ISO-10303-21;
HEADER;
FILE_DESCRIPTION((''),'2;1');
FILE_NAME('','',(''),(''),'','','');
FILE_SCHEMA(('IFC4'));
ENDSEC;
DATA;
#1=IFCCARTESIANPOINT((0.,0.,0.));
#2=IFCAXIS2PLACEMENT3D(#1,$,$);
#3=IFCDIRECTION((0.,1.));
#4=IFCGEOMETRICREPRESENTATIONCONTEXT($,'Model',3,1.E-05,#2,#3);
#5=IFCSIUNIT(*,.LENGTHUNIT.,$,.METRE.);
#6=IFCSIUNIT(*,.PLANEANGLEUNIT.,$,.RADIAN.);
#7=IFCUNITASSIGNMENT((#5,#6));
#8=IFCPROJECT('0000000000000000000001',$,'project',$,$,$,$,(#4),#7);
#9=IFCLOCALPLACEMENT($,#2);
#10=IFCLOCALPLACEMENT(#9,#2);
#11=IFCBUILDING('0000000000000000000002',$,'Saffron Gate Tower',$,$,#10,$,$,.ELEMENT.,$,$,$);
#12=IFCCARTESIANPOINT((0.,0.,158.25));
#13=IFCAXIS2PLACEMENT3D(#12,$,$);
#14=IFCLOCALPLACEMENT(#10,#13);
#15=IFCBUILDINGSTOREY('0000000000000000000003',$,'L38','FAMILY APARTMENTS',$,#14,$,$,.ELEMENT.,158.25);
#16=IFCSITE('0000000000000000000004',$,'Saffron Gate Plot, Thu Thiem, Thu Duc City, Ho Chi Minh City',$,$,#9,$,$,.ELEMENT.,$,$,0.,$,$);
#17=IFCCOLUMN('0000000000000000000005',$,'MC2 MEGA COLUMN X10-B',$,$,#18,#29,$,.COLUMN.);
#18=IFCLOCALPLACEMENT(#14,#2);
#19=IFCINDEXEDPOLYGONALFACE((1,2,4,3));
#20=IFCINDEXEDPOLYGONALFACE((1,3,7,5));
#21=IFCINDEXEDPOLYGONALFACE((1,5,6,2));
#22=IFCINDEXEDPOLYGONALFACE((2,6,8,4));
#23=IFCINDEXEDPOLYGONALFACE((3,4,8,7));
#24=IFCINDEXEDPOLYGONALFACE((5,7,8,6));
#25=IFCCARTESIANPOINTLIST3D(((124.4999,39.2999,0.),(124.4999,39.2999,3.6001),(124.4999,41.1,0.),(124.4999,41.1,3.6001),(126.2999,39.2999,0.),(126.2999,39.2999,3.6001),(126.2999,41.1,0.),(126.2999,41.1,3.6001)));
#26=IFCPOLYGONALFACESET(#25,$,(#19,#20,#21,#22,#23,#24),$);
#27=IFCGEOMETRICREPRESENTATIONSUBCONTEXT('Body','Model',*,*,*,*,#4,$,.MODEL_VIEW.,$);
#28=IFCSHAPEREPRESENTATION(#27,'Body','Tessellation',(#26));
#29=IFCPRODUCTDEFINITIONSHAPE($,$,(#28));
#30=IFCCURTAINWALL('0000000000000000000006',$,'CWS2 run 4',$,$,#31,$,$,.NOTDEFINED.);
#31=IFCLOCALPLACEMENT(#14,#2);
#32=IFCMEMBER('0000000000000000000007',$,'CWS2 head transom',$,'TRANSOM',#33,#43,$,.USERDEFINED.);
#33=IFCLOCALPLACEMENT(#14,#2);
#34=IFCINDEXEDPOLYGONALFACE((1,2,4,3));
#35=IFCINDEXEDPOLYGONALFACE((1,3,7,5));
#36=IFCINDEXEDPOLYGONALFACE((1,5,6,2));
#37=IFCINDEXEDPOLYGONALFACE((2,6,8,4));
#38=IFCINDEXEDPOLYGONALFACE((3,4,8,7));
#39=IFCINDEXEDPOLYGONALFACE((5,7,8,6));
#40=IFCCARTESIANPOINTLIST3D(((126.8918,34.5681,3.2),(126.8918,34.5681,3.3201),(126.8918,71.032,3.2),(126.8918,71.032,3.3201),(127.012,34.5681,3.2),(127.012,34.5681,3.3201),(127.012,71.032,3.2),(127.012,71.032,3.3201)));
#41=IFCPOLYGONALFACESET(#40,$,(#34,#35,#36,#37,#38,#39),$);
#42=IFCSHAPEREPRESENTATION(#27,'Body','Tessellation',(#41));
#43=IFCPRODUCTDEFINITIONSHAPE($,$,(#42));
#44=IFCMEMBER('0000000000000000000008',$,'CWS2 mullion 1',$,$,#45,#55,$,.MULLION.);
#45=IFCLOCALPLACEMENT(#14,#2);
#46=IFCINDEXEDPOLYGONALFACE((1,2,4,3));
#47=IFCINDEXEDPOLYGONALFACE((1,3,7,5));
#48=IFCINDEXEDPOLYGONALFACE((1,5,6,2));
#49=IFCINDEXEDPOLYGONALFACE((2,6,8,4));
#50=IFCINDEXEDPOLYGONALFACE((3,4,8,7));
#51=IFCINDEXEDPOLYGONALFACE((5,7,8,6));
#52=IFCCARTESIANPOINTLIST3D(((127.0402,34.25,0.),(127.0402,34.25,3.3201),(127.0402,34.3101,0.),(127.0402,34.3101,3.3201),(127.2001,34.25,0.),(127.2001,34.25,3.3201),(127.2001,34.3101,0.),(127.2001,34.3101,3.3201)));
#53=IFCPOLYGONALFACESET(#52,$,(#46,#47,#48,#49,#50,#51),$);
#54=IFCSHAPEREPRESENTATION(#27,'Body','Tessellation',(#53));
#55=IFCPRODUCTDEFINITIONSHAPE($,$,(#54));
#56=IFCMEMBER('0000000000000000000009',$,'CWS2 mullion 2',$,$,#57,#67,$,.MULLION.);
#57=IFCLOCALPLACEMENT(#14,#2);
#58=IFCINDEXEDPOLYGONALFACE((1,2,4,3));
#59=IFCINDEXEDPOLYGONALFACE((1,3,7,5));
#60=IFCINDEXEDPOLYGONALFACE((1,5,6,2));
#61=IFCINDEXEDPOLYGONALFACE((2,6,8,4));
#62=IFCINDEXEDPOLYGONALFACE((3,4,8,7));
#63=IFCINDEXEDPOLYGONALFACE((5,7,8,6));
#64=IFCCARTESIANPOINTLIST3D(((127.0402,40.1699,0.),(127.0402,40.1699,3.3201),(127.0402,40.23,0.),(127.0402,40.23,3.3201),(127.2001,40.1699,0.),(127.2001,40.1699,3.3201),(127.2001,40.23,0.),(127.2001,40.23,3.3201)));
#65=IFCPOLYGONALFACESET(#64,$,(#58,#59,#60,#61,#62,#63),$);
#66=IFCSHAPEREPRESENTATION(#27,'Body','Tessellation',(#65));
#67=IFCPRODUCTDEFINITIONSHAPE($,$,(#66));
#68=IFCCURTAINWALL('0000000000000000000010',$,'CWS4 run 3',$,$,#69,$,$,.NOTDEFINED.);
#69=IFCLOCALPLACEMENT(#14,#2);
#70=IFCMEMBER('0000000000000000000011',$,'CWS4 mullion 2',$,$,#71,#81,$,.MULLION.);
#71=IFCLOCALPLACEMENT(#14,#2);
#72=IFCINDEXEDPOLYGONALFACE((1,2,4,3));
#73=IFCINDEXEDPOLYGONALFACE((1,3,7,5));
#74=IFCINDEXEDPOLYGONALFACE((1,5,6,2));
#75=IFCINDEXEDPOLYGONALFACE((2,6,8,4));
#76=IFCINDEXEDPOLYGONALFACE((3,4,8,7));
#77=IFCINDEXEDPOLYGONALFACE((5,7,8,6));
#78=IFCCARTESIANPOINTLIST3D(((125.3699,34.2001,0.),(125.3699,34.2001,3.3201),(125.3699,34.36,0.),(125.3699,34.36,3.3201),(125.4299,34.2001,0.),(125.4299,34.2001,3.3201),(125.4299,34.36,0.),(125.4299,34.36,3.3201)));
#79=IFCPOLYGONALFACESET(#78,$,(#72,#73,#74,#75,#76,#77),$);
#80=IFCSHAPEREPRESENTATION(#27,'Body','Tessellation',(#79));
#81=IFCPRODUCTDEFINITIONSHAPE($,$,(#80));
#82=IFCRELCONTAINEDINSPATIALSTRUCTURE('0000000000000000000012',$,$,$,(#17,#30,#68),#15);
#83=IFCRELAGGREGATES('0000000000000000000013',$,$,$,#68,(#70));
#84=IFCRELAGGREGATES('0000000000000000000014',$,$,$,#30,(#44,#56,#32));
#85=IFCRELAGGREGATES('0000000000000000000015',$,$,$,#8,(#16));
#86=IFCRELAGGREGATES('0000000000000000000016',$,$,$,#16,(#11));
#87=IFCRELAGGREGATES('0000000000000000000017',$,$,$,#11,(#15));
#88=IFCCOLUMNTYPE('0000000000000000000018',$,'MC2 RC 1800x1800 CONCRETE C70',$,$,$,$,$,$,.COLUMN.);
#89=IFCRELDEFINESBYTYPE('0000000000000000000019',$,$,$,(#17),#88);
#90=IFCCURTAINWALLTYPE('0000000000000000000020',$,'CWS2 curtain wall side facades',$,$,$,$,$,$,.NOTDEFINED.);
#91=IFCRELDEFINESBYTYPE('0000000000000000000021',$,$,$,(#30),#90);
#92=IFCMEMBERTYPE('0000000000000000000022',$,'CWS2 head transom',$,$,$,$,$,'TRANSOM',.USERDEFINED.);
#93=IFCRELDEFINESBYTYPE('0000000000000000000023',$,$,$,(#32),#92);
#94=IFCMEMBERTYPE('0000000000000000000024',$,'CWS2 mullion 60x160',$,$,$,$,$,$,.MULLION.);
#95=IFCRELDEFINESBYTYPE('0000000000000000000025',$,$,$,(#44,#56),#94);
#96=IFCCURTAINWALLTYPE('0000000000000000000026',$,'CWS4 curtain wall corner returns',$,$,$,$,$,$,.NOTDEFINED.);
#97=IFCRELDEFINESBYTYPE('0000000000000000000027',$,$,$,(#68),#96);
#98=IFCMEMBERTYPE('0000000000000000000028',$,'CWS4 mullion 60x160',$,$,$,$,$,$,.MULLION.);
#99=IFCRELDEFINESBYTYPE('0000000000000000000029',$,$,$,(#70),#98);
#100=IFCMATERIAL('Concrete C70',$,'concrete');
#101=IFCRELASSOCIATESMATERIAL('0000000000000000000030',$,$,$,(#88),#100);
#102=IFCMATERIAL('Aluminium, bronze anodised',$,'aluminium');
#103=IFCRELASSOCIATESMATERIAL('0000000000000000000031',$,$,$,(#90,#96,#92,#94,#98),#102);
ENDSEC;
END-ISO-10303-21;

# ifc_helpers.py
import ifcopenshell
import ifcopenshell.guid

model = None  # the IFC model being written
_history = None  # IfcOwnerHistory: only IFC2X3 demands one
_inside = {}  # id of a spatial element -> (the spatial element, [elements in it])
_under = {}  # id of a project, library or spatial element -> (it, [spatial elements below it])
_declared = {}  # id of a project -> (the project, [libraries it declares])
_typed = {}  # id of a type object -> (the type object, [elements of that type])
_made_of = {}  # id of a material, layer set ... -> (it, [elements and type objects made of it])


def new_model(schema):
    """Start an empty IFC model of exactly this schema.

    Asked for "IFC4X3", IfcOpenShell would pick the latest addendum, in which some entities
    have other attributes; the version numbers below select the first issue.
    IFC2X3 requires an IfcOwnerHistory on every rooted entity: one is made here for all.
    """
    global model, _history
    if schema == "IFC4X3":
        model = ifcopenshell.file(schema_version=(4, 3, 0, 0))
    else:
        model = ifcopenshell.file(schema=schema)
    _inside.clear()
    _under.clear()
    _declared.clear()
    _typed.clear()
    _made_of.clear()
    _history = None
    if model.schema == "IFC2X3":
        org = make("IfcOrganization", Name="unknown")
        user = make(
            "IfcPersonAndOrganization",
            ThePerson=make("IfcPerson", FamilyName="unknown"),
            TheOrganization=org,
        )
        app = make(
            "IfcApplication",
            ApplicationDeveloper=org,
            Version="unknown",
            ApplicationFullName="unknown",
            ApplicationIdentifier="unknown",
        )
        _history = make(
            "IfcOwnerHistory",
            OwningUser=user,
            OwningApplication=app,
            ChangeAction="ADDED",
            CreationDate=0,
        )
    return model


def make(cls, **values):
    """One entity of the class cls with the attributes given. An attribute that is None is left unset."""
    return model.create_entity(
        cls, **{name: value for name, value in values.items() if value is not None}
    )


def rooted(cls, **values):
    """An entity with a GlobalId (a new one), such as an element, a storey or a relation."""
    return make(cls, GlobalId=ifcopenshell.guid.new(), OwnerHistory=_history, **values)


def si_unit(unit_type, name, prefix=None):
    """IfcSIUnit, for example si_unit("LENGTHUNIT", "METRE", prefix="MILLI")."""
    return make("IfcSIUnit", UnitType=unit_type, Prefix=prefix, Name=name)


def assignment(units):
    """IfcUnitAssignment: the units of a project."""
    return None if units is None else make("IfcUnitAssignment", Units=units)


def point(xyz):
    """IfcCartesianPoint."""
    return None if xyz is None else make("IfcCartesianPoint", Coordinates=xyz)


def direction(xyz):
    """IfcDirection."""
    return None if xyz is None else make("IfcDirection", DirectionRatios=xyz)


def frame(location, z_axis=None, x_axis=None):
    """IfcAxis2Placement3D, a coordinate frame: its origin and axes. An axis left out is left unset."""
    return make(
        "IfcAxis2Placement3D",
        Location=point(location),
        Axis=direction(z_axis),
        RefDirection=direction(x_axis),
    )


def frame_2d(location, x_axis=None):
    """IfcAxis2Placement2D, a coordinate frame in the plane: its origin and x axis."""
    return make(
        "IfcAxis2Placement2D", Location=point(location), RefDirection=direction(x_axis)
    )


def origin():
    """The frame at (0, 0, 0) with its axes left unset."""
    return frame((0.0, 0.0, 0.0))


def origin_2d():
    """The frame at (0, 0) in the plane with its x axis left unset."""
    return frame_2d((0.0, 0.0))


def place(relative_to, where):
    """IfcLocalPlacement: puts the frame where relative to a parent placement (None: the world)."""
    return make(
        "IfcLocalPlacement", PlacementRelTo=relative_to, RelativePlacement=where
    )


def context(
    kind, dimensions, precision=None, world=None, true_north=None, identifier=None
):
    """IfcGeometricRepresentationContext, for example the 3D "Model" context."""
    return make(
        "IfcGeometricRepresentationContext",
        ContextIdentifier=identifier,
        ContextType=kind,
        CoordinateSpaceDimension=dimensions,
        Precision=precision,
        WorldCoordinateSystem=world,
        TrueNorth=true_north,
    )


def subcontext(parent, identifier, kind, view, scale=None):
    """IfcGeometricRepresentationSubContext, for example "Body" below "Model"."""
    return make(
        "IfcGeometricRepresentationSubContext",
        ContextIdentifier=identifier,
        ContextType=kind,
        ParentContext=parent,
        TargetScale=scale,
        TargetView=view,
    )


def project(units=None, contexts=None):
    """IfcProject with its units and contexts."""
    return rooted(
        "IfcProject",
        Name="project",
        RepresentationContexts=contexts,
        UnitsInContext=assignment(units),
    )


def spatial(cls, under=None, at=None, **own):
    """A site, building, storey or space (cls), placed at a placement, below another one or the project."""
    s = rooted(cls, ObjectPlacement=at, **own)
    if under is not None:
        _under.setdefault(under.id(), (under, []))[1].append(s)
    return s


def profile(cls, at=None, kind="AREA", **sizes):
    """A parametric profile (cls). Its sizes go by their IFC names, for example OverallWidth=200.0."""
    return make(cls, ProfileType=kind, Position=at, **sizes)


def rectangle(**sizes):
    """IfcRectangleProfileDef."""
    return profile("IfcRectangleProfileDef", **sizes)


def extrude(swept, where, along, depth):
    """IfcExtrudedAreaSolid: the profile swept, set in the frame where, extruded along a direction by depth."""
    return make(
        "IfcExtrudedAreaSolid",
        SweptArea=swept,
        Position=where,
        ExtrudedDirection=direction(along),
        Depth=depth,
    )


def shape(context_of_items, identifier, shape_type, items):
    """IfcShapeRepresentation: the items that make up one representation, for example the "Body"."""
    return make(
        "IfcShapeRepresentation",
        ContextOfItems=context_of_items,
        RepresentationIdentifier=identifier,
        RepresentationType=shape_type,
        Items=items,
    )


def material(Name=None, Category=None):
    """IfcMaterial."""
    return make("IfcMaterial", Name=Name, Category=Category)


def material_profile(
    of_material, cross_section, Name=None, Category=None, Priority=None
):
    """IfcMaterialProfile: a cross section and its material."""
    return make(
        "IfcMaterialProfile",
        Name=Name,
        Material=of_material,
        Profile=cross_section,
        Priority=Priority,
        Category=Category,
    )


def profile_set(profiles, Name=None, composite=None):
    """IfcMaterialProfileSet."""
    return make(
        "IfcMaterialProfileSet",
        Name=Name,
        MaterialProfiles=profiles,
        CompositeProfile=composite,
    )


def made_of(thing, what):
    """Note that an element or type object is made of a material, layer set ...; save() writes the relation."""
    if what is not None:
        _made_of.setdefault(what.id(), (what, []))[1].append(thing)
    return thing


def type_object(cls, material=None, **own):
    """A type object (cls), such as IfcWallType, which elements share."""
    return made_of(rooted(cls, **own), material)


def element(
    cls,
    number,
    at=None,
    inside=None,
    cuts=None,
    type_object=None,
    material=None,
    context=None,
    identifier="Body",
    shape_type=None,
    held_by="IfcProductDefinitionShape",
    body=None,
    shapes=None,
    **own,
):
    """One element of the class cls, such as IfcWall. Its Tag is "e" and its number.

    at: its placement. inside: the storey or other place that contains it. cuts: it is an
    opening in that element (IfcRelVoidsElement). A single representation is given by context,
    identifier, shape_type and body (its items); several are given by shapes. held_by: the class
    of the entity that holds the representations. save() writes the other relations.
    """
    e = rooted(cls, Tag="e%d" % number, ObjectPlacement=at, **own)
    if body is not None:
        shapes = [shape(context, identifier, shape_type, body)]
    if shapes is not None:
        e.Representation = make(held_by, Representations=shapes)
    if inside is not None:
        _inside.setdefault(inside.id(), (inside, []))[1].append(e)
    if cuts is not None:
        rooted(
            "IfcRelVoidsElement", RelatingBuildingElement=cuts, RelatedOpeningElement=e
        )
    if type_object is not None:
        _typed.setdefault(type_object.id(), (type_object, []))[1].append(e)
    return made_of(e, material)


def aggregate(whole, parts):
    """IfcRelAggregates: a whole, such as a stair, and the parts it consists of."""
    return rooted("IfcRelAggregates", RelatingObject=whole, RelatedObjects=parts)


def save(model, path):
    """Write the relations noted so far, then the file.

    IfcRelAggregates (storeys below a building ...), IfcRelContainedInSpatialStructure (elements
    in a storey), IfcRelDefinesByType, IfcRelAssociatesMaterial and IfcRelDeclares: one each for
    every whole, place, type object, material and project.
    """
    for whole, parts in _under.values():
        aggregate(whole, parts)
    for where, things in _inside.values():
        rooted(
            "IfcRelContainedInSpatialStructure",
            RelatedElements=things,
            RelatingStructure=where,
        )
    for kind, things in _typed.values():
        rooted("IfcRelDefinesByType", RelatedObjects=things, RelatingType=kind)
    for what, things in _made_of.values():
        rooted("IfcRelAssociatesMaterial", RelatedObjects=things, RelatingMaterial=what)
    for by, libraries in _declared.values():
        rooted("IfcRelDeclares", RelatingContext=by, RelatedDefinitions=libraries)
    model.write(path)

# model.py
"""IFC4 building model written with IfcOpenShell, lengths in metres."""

from ifc_helpers import new_model, si_unit, direction, frame, origin, origin_2d, place, context, subcontext, project, spatial, rectangle, extrude, material, material_profile, profile_set, type_object, element, aggregate, save


model = new_model("IFC4")

# Units and contexts
model_context = context("Model", 3, precision=1e-05, world=origin(), true_north=direction((0.0, 1.0)))
body_context = subcontext(model_context, "Body", "Model", "MODEL_VIEW")
ifc_project = project(units=[si_unit("LENGTHUNIT", "METRE"), si_unit("PLANEANGLEUNIT", "RADIAN")], contexts=[model_context])

# Site, building, storey
site_placement = place(None, origin())
site = spatial("IfcSite", under=ifc_project, at=site_placement, Name="Saffron Gate Plot, Thu Thiem, Thu Duc City, Ho Chi Minh City", CompositionType="ELEMENT", RefElevation=0.0)
building_placement = place(site_placement, origin())
building = spatial("IfcBuilding", under=site, at=building_placement, Name="Saffron Gate Tower", CompositionType="ELEMENT")
storey_placement = place(building_placement, frame((0.0, 0.0, 158.25)))
storey = spatial("IfcBuildingStorey", under=building, at=storey_placement, Name="L38", Description="FAMILY APARTMENTS", CompositionType="ELEMENT", Elevation=158.25)

# Column
ifc_material_1 = material(Name="Concrete C70", Category="concrete")
ifc_material_profile_1 = material_profile(ifc_material_1, rectangle(XDim=1.8, YDim=1.8, at=origin_2d()))
ifc_profile_set_1 = profile_set([ifc_material_profile_1], Name="Concrete C70")
column_type = type_object("IfcColumnType", Name="MC2 RC 1800x1800 CONCRETE C70", PredefinedType="COLUMN", material=ifc_profile_set_1)
column_placement = place(storey_placement, frame((125.3999, 40.2, 0.0), z_axis=(0.0, 0.0, 1.0), x_axis=(1.0, 0.0, 0.0)))
element("IfcColumn", 1, at=column_placement, inside=storey, type_object=column_type, Name="MC2 MEGA COLUMN X10-B", PredefinedType="COLUMN", context=body_context, shape_type="SweptSolid", body=[
    extrude(rectangle(XDim=1.8, YDim=1.8, at=origin_2d()), origin(), (0.0, 0.0, 1.0), 3.6001),
])

# Curtain wall, members
ifc_material_2 = material(Name="Aluminium, bronze anodised", Category="aluminium")
curtain_wall_type_1 = type_object("IfcCurtainWallType", Name="CWS2 curtain wall side facades", PredefinedType="NOTDEFINED", material=ifc_material_2)
curtain_wall_1_placement = place(storey_placement, origin())
curtain_wall_1 = element("IfcCurtainWall", 2, at=curtain_wall_1_placement, inside=storey, type_object=curtain_wall_type_1, Name="CWS2 run 4", PredefinedType="NOTDEFINED")
ifc_material_profile_2 = material_profile(ifc_material_2, rectangle(XDim=0.1201, YDim=0.1201, at=origin_2d()))
ifc_profile_set_2 = profile_set([ifc_material_profile_2], Name="Aluminium, bronze anodised")
member_type_1 = type_object("IfcMemberType", Name="CWS2 head transom", ElementType="TRANSOM", PredefinedType="USERDEFINED", material=ifc_profile_set_2)
member_1_placement = place(storey_placement, frame((126.9519, 34.5681, 3.26), z_axis=(0.0, 1.0, 0.0), x_axis=(-1.0, 0.0, 0.0)))
member_1 = element("IfcMember", 3, at=member_1_placement, type_object=member_type_1, Name="CWS2 head transom", ObjectType="TRANSOM", PredefinedType="USERDEFINED", context=body_context, shape_type="SweptSolid", body=[
    extrude(rectangle(XDim=0.1201, YDim=0.1201, at=origin_2d()), origin(), (0.0, 0.0, 1.0), 36.4639),
])
ifc_material_profile_3 = material_profile(ifc_material_2, rectangle(XDim=0.1599, YDim=0.0601, at=origin_2d()))
ifc_profile_set_3 = profile_set([ifc_material_profile_3], Name="Aluminium, bronze anodised")
member_type_2 = type_object("IfcMemberType", Name="CWS2 mullion 60x160", PredefinedType="MULLION", material=ifc_profile_set_3)
member_2_placement = place(storey_placement, frame((127.1201, 34.28, 0.0), z_axis=(0.0, 0.0, 1.0), x_axis=(-1.0, 0.0, 0.0)))
member_2 = element("IfcMember", 4, at=member_2_placement, type_object=member_type_2, Name="CWS2 mullion 1", PredefinedType="MULLION", context=body_context, shape_type="SweptSolid", body=[
    extrude(rectangle(XDim=0.1599, YDim=0.0601, at=origin_2d()), origin(), (0.0, 0.0, 1.0), 3.3201),
])
member_3_placement = place(storey_placement, frame((127.1201, 40.2, 0.0), z_axis=(0.0, 0.0, 1.0), x_axis=(-1.0, 0.0, 0.0)))
member_3 = element("IfcMember", 5, at=member_3_placement, type_object=member_type_2, Name="CWS2 mullion 2", PredefinedType="MULLION", context=body_context, shape_type="SweptSolid", body=[
    extrude(rectangle(XDim=0.1599, YDim=0.0601, at=origin_2d()), origin(), (0.0, 0.0, 1.0), 3.3201),
])

# Curtain wall, member
curtain_wall_type_2 = type_object("IfcCurtainWallType", Name="CWS4 curtain wall corner returns", PredefinedType="NOTDEFINED", material=ifc_material_2)
curtain_wall_2_placement = place(storey_placement, origin())
curtain_wall_2 = element("IfcCurtainWall", 6, at=curtain_wall_2_placement, inside=storey, type_object=curtain_wall_type_2, Name="CWS4 run 3", PredefinedType="NOTDEFINED")
ifc_material_profile_4 = material_profile(ifc_material_2, rectangle(XDim=0.1599, YDim=0.0601, at=origin_2d()))
ifc_profile_set_4 = profile_set([ifc_material_profile_4], Name="Aluminium, bronze anodised")
member_type_3 = type_object("IfcMemberType", Name="CWS4 mullion 60x160", PredefinedType="MULLION", material=ifc_profile_set_4)
member_4_placement = place(storey_placement, frame((125.3999, 34.28, 0.0), z_axis=(0.0, 0.0, 1.0), x_axis=(0.0, 1.0, 0.0)))
member_4 = element("IfcMember", 7, at=member_4_placement, type_object=member_type_3, Name="CWS4 mullion 2", PredefinedType="MULLION", context=body_context, shape_type="SweptSolid", body=[
    extrude(rectangle(XDim=0.1599, YDim=0.0601, at=origin_2d()), origin(), (0.0, 0.0, 1.0), 3.3201),
])
aggregate(curtain_wall_2, [member_4])

aggregate(curtain_wall_1, [member_2, member_3, member_1])

save(model, "model.ifc")
